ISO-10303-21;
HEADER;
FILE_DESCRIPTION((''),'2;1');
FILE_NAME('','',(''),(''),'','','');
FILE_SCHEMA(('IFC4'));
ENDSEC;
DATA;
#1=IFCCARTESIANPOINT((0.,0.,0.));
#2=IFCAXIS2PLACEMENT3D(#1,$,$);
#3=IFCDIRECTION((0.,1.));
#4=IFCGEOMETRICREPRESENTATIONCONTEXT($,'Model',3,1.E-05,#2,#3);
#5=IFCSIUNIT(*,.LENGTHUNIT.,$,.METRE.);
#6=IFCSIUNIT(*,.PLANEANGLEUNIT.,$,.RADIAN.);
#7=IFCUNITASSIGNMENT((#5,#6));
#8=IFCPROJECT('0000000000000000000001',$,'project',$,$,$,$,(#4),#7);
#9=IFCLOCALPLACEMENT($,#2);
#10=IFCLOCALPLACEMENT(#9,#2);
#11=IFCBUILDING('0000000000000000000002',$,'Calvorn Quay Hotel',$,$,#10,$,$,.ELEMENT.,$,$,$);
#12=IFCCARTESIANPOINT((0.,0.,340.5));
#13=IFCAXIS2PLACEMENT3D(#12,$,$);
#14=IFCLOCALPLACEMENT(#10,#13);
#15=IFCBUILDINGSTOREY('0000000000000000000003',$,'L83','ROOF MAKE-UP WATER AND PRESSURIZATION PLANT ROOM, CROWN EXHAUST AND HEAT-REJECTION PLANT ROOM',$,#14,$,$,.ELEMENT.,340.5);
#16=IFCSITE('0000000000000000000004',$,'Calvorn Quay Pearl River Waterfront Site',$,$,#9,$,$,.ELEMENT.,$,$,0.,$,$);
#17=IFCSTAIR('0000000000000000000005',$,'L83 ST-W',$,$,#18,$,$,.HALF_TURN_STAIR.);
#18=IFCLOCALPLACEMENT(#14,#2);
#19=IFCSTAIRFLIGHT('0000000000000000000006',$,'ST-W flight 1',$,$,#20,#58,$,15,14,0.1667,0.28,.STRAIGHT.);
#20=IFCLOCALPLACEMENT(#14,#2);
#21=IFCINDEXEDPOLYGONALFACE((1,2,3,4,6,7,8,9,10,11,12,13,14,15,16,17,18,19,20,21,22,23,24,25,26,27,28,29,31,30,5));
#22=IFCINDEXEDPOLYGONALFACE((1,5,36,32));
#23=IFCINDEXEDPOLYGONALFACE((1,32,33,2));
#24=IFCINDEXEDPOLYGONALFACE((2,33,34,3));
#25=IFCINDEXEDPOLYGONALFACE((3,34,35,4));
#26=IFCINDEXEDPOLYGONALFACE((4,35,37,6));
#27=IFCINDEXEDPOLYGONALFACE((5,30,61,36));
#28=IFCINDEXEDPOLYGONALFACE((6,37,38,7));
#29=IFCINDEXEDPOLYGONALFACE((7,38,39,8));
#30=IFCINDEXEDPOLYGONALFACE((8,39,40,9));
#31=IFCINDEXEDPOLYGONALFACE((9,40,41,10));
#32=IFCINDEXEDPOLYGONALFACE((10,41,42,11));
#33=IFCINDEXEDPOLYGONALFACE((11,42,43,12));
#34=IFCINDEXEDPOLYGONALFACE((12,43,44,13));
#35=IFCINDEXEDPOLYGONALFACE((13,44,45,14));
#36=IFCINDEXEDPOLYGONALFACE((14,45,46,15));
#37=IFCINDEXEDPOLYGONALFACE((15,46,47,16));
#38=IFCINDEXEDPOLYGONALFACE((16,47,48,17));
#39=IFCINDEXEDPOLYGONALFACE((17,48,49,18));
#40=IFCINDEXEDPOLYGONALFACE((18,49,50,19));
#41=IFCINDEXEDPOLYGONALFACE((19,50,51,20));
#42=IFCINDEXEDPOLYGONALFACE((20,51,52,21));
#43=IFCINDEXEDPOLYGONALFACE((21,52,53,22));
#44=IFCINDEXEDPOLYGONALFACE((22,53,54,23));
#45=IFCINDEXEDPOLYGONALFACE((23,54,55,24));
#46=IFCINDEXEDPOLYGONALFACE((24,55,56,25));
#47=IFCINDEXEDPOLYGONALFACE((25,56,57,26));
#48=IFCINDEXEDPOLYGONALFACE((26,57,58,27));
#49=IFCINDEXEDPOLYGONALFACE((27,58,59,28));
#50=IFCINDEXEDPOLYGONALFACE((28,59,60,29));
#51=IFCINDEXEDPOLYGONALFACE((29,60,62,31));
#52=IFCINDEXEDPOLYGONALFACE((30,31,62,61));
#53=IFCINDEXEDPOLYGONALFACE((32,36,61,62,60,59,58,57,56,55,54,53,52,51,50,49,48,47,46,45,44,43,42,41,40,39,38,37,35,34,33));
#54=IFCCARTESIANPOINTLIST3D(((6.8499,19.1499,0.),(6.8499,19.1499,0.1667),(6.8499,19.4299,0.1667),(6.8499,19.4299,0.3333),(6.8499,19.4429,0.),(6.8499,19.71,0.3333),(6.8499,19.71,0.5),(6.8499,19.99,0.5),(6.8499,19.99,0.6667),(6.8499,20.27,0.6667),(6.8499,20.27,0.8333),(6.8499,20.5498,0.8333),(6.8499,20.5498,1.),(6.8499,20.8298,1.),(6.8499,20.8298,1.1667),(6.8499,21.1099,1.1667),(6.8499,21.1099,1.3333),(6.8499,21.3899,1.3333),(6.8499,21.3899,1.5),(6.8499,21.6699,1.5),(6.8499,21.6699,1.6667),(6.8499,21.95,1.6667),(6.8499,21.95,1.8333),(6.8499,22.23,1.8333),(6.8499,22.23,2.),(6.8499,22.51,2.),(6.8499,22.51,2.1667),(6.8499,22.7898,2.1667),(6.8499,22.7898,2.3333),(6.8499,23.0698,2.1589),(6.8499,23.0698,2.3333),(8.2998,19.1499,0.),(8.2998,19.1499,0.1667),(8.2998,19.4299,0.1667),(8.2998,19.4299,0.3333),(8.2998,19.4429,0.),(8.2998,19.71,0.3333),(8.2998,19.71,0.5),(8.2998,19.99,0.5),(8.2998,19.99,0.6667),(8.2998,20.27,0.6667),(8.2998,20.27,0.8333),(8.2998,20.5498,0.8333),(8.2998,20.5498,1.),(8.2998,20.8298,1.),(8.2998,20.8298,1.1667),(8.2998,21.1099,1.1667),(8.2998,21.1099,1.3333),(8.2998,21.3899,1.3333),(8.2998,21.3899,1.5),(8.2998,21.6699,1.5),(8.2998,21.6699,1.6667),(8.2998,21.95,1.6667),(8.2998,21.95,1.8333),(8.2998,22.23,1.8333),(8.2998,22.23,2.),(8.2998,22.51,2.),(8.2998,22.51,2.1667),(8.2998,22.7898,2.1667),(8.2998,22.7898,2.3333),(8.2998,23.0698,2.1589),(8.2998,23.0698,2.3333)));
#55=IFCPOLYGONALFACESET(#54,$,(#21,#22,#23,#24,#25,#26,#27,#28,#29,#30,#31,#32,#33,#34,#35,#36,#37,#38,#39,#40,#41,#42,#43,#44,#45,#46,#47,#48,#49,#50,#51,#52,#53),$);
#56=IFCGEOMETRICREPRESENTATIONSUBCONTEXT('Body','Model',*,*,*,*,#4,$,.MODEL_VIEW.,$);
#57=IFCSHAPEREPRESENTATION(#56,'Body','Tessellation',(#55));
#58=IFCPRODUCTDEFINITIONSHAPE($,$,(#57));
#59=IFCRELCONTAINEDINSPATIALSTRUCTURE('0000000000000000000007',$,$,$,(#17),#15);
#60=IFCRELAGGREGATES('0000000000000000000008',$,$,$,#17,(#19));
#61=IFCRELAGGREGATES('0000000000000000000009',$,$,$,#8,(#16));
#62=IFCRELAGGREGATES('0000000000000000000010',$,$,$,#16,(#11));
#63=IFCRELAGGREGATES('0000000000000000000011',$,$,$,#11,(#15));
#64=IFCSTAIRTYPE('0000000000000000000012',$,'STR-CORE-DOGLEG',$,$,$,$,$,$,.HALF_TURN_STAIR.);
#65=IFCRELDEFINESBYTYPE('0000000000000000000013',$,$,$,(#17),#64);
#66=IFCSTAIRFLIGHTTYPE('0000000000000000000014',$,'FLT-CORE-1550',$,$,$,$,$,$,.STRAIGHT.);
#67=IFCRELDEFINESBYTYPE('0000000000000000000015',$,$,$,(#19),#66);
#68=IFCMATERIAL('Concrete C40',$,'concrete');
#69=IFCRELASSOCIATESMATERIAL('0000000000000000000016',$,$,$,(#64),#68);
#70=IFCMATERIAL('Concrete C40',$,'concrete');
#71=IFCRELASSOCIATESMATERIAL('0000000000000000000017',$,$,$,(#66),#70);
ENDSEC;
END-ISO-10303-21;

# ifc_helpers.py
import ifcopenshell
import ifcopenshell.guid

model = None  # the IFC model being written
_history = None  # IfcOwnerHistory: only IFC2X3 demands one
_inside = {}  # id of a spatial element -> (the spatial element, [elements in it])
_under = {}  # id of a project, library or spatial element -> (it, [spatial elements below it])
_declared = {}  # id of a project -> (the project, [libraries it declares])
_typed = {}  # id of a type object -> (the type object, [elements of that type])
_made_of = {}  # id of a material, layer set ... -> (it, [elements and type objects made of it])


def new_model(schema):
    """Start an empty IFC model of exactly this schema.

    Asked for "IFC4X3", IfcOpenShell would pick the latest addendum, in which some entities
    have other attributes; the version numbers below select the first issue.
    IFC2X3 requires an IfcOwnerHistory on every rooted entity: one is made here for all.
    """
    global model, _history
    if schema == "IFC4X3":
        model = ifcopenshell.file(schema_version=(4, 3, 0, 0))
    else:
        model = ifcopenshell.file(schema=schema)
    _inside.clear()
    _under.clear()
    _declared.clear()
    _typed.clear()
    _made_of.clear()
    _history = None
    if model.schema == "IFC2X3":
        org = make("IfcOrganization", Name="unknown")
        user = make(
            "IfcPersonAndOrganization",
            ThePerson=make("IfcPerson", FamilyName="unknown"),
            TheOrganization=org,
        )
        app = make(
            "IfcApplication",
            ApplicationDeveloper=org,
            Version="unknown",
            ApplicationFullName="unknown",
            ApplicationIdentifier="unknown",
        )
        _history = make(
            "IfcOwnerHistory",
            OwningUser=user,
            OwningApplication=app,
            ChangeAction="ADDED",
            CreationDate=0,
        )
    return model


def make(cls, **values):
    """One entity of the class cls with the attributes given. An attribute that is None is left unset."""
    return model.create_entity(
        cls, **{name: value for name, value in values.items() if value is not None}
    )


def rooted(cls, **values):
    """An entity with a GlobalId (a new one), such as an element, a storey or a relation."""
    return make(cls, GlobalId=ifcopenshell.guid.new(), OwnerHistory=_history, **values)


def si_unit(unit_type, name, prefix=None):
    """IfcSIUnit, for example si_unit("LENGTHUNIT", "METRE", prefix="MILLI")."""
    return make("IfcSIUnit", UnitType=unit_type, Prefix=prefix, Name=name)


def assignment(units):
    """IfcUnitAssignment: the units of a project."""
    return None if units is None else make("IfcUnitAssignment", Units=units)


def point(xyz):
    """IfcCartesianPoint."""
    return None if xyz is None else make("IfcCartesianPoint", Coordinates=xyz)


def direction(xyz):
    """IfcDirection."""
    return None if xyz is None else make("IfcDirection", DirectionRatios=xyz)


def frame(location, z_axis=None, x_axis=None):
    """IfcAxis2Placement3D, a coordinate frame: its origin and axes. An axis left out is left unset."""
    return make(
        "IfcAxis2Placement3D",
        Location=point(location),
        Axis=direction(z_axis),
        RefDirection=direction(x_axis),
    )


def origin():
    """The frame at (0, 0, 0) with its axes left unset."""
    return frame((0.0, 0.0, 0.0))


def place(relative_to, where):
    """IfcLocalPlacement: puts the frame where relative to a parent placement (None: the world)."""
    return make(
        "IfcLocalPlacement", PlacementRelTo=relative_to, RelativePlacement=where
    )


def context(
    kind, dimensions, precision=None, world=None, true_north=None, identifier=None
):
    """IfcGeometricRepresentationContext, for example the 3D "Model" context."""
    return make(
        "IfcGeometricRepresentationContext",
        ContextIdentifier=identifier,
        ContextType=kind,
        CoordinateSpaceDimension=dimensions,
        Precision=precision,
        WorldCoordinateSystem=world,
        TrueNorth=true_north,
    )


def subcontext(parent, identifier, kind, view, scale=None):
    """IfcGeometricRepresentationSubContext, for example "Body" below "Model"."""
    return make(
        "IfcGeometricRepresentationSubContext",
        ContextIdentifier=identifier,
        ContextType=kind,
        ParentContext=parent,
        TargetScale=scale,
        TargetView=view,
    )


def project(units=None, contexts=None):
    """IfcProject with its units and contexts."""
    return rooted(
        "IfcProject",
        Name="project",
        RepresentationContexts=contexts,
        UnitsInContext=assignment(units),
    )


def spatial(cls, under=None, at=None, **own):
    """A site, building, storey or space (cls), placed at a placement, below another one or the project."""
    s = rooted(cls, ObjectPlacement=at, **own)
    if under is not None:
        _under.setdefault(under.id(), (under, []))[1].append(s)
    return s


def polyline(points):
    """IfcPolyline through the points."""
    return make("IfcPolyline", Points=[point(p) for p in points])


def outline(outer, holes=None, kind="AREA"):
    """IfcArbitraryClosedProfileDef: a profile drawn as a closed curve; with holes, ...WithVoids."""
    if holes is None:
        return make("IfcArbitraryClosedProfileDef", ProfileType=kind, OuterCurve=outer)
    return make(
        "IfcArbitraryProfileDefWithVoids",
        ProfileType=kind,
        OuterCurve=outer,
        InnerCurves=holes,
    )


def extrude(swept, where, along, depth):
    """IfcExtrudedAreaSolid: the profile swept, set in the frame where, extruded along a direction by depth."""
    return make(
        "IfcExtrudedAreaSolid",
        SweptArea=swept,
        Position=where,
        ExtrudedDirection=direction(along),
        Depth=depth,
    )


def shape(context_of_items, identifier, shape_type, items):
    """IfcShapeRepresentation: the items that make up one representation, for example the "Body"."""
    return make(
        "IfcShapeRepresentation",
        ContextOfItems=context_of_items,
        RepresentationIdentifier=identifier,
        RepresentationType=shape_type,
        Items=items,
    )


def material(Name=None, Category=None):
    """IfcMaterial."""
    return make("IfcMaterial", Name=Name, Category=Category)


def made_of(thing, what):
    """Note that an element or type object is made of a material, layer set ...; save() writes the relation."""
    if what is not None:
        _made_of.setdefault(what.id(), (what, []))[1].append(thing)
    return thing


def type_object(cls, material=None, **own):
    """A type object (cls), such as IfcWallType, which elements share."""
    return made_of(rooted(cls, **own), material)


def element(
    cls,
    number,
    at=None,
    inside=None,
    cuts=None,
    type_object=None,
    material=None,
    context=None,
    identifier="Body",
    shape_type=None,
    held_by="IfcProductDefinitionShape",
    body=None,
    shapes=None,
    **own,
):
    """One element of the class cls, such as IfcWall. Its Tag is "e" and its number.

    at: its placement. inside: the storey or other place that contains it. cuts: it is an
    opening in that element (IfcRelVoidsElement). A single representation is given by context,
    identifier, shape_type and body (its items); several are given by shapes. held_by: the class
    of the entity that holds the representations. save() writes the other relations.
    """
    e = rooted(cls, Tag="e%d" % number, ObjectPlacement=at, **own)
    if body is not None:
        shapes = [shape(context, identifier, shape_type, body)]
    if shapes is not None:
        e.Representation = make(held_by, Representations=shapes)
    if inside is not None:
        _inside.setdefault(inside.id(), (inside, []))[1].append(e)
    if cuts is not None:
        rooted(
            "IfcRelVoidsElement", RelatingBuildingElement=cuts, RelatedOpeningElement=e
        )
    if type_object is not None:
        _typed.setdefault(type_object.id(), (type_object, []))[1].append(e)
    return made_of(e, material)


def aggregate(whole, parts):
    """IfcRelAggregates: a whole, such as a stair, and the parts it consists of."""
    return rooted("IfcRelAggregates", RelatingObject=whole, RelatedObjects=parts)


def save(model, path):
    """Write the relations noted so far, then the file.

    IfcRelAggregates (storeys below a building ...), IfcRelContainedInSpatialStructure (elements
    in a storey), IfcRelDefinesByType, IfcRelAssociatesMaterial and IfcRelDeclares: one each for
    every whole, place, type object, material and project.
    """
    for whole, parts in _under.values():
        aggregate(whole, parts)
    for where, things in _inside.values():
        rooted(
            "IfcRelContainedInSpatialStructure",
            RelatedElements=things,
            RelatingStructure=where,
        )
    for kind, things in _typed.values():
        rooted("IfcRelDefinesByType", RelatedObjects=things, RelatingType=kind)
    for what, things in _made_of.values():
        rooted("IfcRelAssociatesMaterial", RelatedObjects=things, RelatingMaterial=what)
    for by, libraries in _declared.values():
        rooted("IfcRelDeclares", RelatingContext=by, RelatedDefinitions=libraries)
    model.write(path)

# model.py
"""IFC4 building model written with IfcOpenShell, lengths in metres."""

from ifc_helpers import new_model, si_unit, direction, frame, origin, place, context, subcontext, project, spatial, polyline, outline, extrude, material, type_object, element, aggregate, save


model = new_model("IFC4")

# Units and contexts
model_context = context("Model", 3, precision=1e-05, world=origin(), true_north=direction((0.0, 1.0)))
body_context = subcontext(model_context, "Body", "Model", "MODEL_VIEW")
ifc_project = project(units=[si_unit("LENGTHUNIT", "METRE"), si_unit("PLANEANGLEUNIT", "RADIAN")], contexts=[model_context])

# Site, building, storey
site_placement = place(None, origin())
site = spatial("IfcSite", under=ifc_project, at=site_placement, Name="Calvorn Quay Pearl River Waterfront Site", CompositionType="ELEMENT", RefElevation=0.0)
building_placement = place(site_placement, origin())
building = spatial("IfcBuilding", under=site, at=building_placement, Name="Calvorn Quay Hotel", CompositionType="ELEMENT")
storey_placement = place(building_placement, frame((0.0, 0.0, 340.5)))
storey = spatial("IfcBuildingStorey", under=building, at=storey_placement, Name="L83", Description="ROOF MAKE-UP WATER AND PRESSURIZATION PLANT ROOM, CROWN EXHAUST AND HEAT-REJECTION PLANT ROOM", CompositionType="ELEMENT", Elevation=340.5)

# Stair, stair flight
ifc_material_1 = material(Name="Concrete C40", Category="concrete")
stair_type = type_object("IfcStairType", Name="STR-CORE-DOGLEG", PredefinedType="HALF_TURN_STAIR", material=ifc_material_1)
stair_placement = place(storey_placement, origin())
stair = element("IfcStair", 1, at=stair_placement, inside=storey, type_object=stair_type, Name="L83 ST-W", PredefinedType="HALF_TURN_STAIR")
ifc_material_2 = material(Name="Concrete C40", Category="concrete")
stair_flight_type = type_object("IfcStairFlightType", Name="FLT-CORE-1550", PredefinedType="STRAIGHT", material=ifc_material_2)
stair_flight_placement = place(storey_placement, frame((7.575, 19.1499, 0.0), z_axis=(0.0, 0.0, 1.0), x_axis=(0.0, 1.0, 0.0)))
stair_flight = element("IfcStairFlight", 2, at=stair_flight_placement, type_object=stair_flight_type, Name="ST-W flight 1", NumberOfRisers=15, NumberOfTreads=14, PredefinedType="STRAIGHT", RiserHeight=0.1667, TreadLength=0.28, context=body_context, shape_type="SweptSolid", body=[
    extrude(outline(polyline([(0.0, 0.0), (0.0, 0.1667), (0.28, 0.1667), (0.28, 0.3333), (0.5601, 0.3333), (0.5601, 0.5), (0.8401, 0.5), (0.8401, 0.6667), (1.1201, 0.6667), (1.1201, 0.8333), (1.3999, 0.8333), (1.3999, 1.0), (1.6799, 1.0), (1.6799, 1.1667), (1.96, 1.1667), (1.96, 1.3333), (2.24, 1.3333), (2.24, 1.5), (2.52, 1.5), (2.52, 1.6667), (2.8, 1.6667), (2.8, 1.8333), (3.0801, 1.8333), (3.0801, 2.0), (3.3601, 2.0), (3.3601, 2.1667), (3.6399, 2.1667), (3.6399, 2.3333), (3.9199, 2.3333), (3.9199, 2.5), (3.9199, 2.1589), (0.293, 0.0), (0.0, 0.0)])), frame((0.0, 0.7251, 0.0), z_axis=(0.0, -1.0, 0.0), x_axis=(1.0, 0.0, 0.0)), (0.0, 0.0, 1.0), 1.45),
])
aggregate(stair, [stair_flight])

save(model, "model.ifc")
